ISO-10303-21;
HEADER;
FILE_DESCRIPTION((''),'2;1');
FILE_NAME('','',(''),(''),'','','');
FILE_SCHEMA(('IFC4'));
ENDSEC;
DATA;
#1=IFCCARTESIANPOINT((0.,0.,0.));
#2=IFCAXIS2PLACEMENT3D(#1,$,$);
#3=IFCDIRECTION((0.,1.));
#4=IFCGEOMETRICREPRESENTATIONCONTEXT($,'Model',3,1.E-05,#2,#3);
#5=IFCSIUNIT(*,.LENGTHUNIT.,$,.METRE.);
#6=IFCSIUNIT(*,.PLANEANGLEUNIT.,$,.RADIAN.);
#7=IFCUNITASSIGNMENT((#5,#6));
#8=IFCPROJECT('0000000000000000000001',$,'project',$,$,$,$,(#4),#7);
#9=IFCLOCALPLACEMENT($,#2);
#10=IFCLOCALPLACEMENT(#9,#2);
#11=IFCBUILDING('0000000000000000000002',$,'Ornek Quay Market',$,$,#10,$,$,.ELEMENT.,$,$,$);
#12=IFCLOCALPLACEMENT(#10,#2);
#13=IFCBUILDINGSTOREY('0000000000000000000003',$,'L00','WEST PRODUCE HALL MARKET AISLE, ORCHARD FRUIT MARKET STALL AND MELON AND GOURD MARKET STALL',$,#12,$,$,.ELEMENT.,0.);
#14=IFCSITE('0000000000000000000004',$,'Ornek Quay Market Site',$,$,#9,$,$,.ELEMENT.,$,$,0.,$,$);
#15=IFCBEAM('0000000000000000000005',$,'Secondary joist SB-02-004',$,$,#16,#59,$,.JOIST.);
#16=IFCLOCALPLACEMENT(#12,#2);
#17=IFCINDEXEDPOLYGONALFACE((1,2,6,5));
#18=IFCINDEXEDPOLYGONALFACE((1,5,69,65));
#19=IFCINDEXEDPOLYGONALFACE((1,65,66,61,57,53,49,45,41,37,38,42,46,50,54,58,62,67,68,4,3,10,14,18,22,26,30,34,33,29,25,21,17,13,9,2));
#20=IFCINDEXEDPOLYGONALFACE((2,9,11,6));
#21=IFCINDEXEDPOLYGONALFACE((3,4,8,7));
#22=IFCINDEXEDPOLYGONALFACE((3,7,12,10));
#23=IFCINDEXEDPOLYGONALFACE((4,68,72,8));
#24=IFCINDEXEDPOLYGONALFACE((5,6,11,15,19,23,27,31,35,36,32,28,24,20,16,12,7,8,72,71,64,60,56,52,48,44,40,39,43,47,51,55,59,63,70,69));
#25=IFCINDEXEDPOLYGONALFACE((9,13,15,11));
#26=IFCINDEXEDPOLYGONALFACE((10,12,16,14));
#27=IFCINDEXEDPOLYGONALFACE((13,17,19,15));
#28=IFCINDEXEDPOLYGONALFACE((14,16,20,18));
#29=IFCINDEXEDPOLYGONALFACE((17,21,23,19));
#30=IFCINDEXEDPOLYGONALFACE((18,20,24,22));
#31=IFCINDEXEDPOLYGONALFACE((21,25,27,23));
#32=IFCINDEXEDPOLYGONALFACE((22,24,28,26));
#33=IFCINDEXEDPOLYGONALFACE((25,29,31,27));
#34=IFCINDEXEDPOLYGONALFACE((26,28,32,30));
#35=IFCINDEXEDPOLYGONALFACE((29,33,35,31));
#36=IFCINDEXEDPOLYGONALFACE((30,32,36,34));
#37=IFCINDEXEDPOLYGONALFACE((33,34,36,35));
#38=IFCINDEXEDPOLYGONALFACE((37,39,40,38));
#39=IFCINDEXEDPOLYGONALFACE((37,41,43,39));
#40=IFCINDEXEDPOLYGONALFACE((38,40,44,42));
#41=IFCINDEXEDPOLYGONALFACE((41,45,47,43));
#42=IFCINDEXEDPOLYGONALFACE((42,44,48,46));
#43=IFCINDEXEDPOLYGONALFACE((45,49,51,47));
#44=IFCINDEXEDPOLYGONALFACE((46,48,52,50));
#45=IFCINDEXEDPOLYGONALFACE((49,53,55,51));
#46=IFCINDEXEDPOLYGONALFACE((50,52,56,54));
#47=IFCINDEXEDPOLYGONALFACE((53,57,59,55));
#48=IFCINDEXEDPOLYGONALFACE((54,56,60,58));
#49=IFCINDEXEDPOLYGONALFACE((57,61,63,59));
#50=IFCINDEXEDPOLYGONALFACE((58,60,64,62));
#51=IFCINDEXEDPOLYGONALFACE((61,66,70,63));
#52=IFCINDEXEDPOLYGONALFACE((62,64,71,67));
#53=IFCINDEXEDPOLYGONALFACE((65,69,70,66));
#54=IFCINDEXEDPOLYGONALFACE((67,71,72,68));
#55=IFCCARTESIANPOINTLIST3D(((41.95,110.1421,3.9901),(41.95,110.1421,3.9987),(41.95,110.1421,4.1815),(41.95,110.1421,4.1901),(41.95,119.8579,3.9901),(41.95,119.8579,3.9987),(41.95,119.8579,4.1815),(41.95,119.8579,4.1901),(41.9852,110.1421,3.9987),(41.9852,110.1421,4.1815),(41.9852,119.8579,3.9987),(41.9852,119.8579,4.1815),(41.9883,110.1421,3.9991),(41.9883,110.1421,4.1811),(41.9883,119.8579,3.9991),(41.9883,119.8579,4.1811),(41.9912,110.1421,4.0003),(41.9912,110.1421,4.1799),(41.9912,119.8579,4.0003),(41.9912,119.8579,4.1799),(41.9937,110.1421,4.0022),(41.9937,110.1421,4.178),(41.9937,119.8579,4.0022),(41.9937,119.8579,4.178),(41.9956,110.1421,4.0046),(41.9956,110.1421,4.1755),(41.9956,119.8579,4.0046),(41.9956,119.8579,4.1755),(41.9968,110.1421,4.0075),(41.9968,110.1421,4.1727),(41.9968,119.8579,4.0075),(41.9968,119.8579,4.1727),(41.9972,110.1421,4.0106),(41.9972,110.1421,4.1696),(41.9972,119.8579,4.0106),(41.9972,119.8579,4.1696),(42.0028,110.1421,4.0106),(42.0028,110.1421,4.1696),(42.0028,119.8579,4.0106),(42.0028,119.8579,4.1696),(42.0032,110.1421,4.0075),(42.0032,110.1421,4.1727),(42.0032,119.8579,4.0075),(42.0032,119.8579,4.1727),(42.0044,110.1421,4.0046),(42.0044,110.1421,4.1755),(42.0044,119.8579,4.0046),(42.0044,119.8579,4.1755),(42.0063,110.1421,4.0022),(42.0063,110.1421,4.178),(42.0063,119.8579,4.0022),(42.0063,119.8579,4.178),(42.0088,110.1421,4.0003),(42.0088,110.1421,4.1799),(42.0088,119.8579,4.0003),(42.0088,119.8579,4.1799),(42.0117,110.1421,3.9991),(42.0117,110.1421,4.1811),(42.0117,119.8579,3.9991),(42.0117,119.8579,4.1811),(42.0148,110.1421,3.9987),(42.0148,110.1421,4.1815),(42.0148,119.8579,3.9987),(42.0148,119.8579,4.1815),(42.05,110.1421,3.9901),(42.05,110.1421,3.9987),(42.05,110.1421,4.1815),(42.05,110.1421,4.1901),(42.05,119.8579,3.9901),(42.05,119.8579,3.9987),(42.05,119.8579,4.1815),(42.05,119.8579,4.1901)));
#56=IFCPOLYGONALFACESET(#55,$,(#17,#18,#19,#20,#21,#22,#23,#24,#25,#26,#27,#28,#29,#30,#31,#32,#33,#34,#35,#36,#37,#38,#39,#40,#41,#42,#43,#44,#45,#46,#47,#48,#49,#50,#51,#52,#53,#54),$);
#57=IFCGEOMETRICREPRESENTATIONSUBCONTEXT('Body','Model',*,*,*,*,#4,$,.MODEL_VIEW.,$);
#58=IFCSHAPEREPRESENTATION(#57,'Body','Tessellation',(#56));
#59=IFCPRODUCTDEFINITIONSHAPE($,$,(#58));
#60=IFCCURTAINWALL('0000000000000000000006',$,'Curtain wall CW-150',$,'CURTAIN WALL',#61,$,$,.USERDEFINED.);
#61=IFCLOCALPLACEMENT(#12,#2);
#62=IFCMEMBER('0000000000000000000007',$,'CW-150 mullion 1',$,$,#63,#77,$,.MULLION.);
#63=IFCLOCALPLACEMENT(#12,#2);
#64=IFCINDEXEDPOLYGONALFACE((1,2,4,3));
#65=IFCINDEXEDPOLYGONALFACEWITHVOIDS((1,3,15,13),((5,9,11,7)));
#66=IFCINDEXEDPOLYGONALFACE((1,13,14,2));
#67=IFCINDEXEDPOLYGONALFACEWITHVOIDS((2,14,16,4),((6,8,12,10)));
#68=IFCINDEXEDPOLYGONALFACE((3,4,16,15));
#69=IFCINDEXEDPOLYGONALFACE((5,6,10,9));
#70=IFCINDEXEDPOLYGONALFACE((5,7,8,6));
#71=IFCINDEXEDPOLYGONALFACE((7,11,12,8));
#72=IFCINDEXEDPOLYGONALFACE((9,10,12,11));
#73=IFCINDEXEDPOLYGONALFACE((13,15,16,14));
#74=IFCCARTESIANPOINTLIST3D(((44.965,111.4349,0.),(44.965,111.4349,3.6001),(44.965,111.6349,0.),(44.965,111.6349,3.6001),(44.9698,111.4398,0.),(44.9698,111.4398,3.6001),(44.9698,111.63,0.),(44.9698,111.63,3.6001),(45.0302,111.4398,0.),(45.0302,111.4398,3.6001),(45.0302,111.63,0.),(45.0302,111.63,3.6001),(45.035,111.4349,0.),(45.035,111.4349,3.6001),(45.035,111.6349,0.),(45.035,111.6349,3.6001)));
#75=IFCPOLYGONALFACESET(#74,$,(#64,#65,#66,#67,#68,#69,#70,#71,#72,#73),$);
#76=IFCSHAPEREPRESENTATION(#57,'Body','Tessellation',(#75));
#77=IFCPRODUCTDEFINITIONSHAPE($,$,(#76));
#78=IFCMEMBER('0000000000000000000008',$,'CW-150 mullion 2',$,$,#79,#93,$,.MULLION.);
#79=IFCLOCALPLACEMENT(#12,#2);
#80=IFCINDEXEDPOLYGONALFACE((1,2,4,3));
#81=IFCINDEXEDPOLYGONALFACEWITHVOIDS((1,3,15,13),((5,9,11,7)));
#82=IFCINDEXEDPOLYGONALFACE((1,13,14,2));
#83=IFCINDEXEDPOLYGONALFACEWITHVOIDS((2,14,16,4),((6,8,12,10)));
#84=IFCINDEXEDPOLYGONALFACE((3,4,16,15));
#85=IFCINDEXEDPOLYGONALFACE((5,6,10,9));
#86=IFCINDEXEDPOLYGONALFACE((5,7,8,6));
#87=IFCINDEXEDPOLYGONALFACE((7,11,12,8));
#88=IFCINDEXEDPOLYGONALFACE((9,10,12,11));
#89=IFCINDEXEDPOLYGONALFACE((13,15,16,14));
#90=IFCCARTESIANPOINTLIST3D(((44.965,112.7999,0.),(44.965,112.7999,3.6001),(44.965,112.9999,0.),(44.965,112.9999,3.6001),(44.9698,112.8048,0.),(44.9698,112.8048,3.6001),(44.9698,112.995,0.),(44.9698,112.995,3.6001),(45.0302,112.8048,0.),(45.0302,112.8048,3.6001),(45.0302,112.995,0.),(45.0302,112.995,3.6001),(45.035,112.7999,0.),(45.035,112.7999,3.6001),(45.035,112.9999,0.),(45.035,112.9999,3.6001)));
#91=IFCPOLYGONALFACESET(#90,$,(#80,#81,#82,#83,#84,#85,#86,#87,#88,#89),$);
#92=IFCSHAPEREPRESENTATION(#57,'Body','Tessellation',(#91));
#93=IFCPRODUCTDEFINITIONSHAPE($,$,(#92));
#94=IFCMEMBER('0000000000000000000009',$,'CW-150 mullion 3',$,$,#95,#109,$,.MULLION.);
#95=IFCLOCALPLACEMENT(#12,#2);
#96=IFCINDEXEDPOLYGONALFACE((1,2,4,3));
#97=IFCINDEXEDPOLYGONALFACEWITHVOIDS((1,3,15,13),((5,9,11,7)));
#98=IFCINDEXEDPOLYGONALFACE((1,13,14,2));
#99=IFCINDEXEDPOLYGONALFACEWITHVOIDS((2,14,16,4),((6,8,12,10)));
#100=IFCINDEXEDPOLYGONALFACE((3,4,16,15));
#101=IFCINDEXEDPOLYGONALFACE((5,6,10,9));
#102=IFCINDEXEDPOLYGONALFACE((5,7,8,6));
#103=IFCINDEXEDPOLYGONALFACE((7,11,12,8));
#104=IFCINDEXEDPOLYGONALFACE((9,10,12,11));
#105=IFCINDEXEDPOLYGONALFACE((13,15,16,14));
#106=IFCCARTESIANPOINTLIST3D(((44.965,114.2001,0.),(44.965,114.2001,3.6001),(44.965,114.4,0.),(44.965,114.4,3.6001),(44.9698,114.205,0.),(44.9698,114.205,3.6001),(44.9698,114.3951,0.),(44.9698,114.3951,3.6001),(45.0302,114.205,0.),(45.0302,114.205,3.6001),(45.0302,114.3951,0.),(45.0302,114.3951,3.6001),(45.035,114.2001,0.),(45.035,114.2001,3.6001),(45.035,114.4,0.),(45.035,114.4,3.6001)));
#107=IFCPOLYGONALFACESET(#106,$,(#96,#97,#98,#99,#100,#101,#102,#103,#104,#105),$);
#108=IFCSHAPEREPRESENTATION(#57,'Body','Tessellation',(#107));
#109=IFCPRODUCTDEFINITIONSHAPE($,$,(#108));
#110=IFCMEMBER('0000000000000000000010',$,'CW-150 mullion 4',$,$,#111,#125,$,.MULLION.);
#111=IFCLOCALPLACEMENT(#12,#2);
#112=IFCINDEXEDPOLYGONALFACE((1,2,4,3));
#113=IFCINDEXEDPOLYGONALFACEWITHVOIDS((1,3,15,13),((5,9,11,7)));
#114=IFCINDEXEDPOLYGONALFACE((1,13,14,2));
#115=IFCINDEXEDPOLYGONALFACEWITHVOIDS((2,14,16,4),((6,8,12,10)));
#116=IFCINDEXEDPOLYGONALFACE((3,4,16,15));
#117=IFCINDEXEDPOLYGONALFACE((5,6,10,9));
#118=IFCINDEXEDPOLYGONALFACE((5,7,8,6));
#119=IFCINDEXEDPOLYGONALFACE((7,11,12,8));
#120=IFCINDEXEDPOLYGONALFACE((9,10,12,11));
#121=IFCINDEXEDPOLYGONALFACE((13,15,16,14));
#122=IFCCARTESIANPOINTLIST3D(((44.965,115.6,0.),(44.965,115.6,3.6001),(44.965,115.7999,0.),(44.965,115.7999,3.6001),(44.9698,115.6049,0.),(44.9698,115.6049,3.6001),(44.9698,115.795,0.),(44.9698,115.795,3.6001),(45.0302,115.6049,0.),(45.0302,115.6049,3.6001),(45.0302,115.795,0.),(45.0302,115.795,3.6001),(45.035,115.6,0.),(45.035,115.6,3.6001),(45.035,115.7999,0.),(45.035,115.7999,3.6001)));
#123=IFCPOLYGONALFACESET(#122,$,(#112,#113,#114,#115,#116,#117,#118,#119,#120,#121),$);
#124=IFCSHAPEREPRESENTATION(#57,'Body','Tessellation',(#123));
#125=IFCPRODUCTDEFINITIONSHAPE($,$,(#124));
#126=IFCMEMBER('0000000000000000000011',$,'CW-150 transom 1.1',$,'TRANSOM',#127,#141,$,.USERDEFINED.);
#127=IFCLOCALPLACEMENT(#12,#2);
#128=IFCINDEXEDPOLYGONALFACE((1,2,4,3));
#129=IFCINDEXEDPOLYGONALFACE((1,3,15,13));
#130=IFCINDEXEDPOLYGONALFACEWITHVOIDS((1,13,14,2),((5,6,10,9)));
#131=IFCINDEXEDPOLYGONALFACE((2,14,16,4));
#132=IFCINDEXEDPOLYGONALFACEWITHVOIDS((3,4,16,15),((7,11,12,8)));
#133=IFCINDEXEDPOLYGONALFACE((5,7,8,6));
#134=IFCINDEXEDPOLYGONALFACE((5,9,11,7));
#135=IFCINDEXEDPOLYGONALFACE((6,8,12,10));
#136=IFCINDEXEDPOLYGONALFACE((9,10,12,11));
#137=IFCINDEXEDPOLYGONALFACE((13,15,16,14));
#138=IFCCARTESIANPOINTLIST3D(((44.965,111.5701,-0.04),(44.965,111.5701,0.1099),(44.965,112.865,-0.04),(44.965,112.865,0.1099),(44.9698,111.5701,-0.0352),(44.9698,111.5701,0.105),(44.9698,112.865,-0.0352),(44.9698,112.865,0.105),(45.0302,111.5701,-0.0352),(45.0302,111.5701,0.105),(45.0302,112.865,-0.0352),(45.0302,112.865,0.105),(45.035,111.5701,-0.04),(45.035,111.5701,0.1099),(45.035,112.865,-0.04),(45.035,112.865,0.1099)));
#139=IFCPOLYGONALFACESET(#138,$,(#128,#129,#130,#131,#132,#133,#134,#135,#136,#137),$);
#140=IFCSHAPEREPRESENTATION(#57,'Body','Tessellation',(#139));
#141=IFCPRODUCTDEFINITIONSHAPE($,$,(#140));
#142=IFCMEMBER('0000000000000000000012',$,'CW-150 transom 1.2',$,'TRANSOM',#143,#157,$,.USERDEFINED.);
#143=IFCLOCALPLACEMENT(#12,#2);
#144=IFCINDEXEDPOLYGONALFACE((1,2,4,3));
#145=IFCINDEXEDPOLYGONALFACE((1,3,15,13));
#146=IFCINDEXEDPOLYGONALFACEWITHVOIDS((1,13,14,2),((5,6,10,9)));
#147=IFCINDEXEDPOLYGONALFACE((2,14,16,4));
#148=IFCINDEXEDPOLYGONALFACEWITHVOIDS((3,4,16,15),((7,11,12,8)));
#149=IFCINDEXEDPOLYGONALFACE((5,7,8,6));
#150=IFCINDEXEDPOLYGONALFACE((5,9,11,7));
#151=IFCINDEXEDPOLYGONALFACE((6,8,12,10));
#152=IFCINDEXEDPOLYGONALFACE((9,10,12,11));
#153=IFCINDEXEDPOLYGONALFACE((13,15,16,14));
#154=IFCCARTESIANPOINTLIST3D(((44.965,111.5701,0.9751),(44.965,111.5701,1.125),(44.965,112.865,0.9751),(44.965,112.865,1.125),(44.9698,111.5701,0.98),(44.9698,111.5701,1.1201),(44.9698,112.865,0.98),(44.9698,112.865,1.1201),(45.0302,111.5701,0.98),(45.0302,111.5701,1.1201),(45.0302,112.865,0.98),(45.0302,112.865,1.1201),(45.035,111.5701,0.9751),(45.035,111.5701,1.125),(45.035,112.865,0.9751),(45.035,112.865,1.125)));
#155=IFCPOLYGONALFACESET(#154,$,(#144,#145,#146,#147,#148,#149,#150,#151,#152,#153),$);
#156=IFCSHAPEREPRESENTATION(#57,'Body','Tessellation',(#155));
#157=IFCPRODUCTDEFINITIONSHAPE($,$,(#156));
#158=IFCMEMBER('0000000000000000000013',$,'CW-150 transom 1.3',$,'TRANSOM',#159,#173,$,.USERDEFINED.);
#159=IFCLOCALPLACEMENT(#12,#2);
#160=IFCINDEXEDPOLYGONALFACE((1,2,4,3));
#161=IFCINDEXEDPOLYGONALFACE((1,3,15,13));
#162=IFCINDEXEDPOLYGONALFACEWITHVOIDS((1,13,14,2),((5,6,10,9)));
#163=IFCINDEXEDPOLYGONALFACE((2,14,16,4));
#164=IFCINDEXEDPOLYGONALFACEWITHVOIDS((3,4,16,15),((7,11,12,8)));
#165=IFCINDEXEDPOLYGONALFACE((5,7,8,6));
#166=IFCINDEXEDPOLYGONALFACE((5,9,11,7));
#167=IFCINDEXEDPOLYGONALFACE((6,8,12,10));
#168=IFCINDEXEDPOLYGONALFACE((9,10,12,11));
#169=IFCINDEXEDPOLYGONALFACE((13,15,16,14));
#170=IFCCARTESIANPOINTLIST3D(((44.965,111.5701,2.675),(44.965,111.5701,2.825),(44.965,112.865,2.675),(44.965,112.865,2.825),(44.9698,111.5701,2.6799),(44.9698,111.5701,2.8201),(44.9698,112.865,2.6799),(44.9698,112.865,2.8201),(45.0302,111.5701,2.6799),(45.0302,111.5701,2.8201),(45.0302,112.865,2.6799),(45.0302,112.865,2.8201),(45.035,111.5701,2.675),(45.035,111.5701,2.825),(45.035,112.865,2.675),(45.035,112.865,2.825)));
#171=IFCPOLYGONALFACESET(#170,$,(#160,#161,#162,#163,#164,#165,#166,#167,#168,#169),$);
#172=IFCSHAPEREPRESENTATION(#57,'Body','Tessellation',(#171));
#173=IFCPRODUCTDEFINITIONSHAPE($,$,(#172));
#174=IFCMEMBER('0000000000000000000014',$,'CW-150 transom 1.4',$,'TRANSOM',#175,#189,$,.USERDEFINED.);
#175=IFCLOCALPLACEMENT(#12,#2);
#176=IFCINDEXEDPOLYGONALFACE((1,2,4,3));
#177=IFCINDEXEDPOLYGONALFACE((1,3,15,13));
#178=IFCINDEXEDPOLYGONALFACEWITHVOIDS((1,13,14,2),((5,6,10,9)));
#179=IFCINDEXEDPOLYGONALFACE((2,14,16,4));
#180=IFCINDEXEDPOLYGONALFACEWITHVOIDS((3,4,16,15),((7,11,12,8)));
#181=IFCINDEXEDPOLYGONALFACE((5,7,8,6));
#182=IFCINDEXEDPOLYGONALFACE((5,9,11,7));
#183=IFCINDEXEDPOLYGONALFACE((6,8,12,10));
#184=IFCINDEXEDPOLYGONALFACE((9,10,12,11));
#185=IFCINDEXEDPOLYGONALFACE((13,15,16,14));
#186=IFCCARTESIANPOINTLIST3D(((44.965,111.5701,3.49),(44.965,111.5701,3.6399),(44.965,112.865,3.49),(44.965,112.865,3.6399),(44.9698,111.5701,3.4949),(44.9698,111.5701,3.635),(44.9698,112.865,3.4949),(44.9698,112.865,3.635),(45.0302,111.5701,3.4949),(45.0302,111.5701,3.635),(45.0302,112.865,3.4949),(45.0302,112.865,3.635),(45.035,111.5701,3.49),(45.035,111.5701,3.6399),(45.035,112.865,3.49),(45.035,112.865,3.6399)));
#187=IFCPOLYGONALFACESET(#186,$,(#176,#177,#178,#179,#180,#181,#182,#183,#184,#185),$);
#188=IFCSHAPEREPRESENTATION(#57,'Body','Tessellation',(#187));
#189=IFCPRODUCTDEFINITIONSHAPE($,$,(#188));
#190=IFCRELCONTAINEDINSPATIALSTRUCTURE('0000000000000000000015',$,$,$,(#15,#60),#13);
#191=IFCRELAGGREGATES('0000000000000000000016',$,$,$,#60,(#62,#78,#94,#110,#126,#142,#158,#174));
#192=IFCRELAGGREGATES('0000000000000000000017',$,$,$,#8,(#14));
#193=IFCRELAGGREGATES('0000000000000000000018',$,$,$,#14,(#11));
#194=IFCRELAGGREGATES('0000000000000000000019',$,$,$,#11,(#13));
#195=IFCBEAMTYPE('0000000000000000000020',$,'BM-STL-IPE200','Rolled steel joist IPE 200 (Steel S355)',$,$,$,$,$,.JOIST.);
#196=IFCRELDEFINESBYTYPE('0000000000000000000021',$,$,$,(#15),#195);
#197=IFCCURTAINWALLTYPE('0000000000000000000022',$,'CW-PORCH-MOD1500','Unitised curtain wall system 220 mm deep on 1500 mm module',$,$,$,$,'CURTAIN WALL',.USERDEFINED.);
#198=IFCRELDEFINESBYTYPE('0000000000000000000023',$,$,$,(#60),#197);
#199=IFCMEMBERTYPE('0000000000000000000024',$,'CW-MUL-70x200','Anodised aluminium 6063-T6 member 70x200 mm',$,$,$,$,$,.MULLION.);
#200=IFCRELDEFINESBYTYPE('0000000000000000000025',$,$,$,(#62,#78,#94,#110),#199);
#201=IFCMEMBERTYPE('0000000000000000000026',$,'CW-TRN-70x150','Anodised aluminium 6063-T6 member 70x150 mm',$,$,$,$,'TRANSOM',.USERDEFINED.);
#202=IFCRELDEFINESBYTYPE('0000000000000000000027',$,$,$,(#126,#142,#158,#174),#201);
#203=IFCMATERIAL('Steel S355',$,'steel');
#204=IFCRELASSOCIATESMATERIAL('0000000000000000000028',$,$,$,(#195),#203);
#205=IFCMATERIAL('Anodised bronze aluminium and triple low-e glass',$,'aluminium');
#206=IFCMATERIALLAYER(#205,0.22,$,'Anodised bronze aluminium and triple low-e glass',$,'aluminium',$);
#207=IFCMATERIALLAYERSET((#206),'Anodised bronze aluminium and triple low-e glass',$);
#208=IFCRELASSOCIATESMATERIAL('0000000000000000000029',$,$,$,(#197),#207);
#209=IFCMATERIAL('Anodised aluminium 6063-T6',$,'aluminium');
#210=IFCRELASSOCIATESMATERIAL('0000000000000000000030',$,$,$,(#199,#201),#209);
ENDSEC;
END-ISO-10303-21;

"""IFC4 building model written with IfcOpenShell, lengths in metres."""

from ifc_helpers import new_model, si_unit, direction, frame, origin, origin_2d, place, context, subcontext, project, spatial, hollow_rectangle, i_section, extrude, material, layer, layer_set, material_profile, profile_set, type_object, element, aggregate, save


model = new_model("IFC4")

# Units and contexts
model_context = context("Model", 3, precision=1e-05, world=origin(), true_north=direction((0.0, 1.0)))
body_context = subcontext(model_context, "Body", "Model", "MODEL_VIEW")
ifc_project = project(units=[si_unit("LENGTHUNIT", "METRE"), si_unit("PLANEANGLEUNIT", "RADIAN")], contexts=[model_context])

# Site, building, storey
site_placement = place(None, origin())
site = spatial("IfcSite", under=ifc_project, at=site_placement, Name="Ornek Quay Market Site", CompositionType="ELEMENT", RefElevation=0.0)
building_placement = place(site_placement, origin())
building = spatial("IfcBuilding", under=site, at=building_placement, Name="Ornek Quay Market", CompositionType="ELEMENT")
storey_placement = place(building_placement, origin())
storey = spatial("IfcBuildingStorey", under=building, at=storey_placement, Name="L00", Description="WEST PRODUCE HALL MARKET AISLE, ORCHARD FRUIT MARKET STALL AND MELON AND GOURD MARKET STALL", CompositionType="ELEMENT", Elevation=0.0)

# Beam
ifc_material_1 = material(Name="Steel S355", Category="steel")
ifc_material_profile_1 = material_profile(ifc_material_1, i_section(OverallWidth=0.1001, OverallDepth=0.2, WebThickness=0.0056, FlangeThickness=0.0085, FilletRadius=0.012, at=origin_2d()), Name="IPE 200", Category="steel")
ifc_profile_set_1 = profile_set([ifc_material_profile_1], Name="Steel S355")
beam_type_1 = type_object("IfcBeamType", Name="BM-STL-IPE200", Description="Rolled steel joist IPE 200 (Steel S355)", PredefinedType="JOIST", material=ifc_profile_set_1)
for number, where, z_axis, x_axis, name in (
    (1, (42.0, 110.1421, 4.0901), (0.0, 1.0, 0.0), (-1.0, 0.0, 0.0), "Secondary joist SB-02-004"),
):
    element("IfcBeam", number, at=place(storey_placement, frame(where, z_axis=z_axis, x_axis=x_axis)), inside=storey, type_object=beam_type_1, Name=name, PredefinedType="JOIST", context=body_context, shape_type="SweptSolid", body=[
        extrude(i_section(OverallWidth=0.1001, OverallDepth=0.2, WebThickness=0.0056, FlangeThickness=0.0085, FilletRadius=0.012, at=origin_2d()), origin(), (0.0, 0.0, 1.0), 9.7158),
    ])

# Curtain wall, members
ifc_material_2 = material(Name="Anodised bronze aluminium and triple low-e glass", Category="aluminium")
ifc_layer_1 = layer(ifc_material_2, 0.22, Name="Anodised bronze aluminium and triple low-e glass", Category="aluminium")
ifc_layer_set_1 = layer_set([ifc_layer_1], Name="Anodised bronze aluminium and triple low-e glass")
curtain_wall_type = type_object("IfcCurtainWallType", Name="CW-PORCH-MOD1500", Description="Unitised curtain wall system 220 mm deep on 1500 mm module", ElementType="CURTAIN WALL", PredefinedType="USERDEFINED", material=ifc_layer_set_1)
curtain_wall_1_placement = place(storey_placement, origin())
curtain_wall_1 = element("IfcCurtainWall", 2, at=curtain_wall_1_placement, inside=storey, type_object=curtain_wall_type, Name="Curtain wall CW-150", ObjectType="CURTAIN WALL", PredefinedType="USERDEFINED")
ifc_material_3 = material(Name="Anodised aluminium 6063-T6", Category="aluminium")
ifc_material_profile_2 = material_profile(ifc_material_3, hollow_rectangle(XDim=0.0701, YDim=0.2, WallThickness=0.0049, at=origin_2d()), Name="CW-MUL-70x200", Category="aluminium")
ifc_profile_set_2 = profile_set([ifc_material_profile_2], Name="Anodised aluminium 6063-T6")
member_type_1 = type_object("IfcMemberType", Name="CW-MUL-70x200", Description="Anodised aluminium 6063-T6 member 70x200 mm", PredefinedType="MULLION", material=ifc_profile_set_2)
member_1_placement = place(storey_placement, frame((45.0, 111.5349, 0.0), z_axis=(0.0, 0.0, 1.0), x_axis=(-1.0, 0.0, 0.0)))
member_1 = element("IfcMember", 3, at=member_1_placement, type_object=member_type_1, Name="CW-150 mullion 1", PredefinedType="MULLION", context=body_context, shape_type="SweptSolid", body=[
    extrude(hollow_rectangle(XDim=0.0701, YDim=0.2, WallThickness=0.0049, at=origin_2d()), origin(), (0.0, 0.0, 1.0), 3.6001),
])
member_2_placement = place(storey_placement, frame((45.0, 112.8999, 0.0), z_axis=(0.0, 0.0, 1.0), x_axis=(-1.0, 0.0, 0.0)))
member_2 = element("IfcMember", 4, at=member_2_placement, type_object=member_type_1, Name="CW-150 mullion 2", PredefinedType="MULLION", context=body_context, shape_type="SweptSolid", body=[
    extrude(hollow_rectangle(XDim=0.0701, YDim=0.2, WallThickness=0.0049, at=origin_2d()), origin(), (0.0, 0.0, 1.0), 3.6001),
])
member_3_placement = place(storey_placement, frame((45.0, 114.3, 0.0), z_axis=(0.0, 0.0, 1.0), x_axis=(-1.0, 0.0, 0.0)))
member_3 = element("IfcMember", 5, at=member_3_placement, type_object=member_type_1, Name="CW-150 mullion 3", PredefinedType="MULLION", context=body_context, shape_type="SweptSolid", body=[
    extrude(hollow_rectangle(XDim=0.0701, YDim=0.2, WallThickness=0.0049, at=origin_2d()), origin(), (0.0, 0.0, 1.0), 3.6001),
])
member_4_placement = place(storey_placement, frame((45.0, 115.7, 0.0), z_axis=(0.0, 0.0, 1.0), x_axis=(-1.0, 0.0, 0.0)))
member_4 = element("IfcMember", 6, at=member_4_placement, type_object=member_type_1, Name="CW-150 mullion 4", PredefinedType="MULLION", context=body_context, shape_type="SweptSolid", body=[
    extrude(hollow_rectangle(XDim=0.0701, YDim=0.2, WallThickness=0.0049, at=origin_2d()), origin(), (0.0, 0.0, 1.0), 3.6001),
])
ifc_material_profile_3 = material_profile(ifc_material_3, hollow_rectangle(XDim=0.0701, YDim=0.1499, WallThickness=0.0049, at=origin_2d()), Name="CW-TRN-70x150", Category="aluminium")
ifc_profile_set_3 = profile_set([ifc_material_profile_3], Name="Anodised aluminium 6063-T6")
member_type_2 = type_object("IfcMemberType", Name="CW-TRN-70x150", Description="Anodised aluminium 6063-T6 member 70x150 mm", ElementType="TRANSOM", PredefinedType="USERDEFINED", material=ifc_profile_set_3)
member_5_placement = place(storey_placement, frame((45.0, 111.5701, 0.0349), z_axis=(0.0, 1.0, 0.0), x_axis=(-1.0, 0.0, 0.0)))
member_5 = element("IfcMember", 7, at=member_5_placement, type_object=member_type_2, Name="CW-150 transom 1.1", ObjectType="TRANSOM", PredefinedType="USERDEFINED", context=body_context, shape_type="SweptSolid", body=[
    extrude(hollow_rectangle(XDim=0.0701, YDim=0.1499, WallThickness=0.0049, at=origin_2d()), origin(), (0.0, 0.0, 1.0), 1.2949),
])
member_6_placement = place(storey_placement, frame((45.0, 111.5701, 1.05), z_axis=(0.0, 1.0, 0.0), x_axis=(-1.0, 0.0, 0.0)))
member_6 = element("IfcMember", 8, at=member_6_placement, type_object=member_type_2, Name="CW-150 transom 1.2", ObjectType="TRANSOM", PredefinedType="USERDEFINED", context=body_context, shape_type="SweptSolid", body=[
    extrude(hollow_rectangle(XDim=0.0701, YDim=0.1499, WallThickness=0.0049, at=origin_2d()), origin(), (0.0, 0.0, 1.0), 1.2949),
])
member_7_placement = place(storey_placement, frame((45.0, 111.5701, 2.75), z_axis=(0.0, 1.0, 0.0), x_axis=(-1.0, 0.0, 0.0)))
member_7 = element("IfcMember", 9, at=member_7_placement, type_object=member_type_2, Name="CW-150 transom 1.3", ObjectType="TRANSOM", PredefinedType="USERDEFINED", context=body_context, shape_type="SweptSolid", body=[
    extrude(hollow_rectangle(XDim=0.0701, YDim=0.1499, WallThickness=0.0049, at=origin_2d()), origin(), (0.0, 0.0, 1.0), 1.2949),
])
member_8_placement = place(storey_placement, frame((45.0, 111.5701, 3.5649), z_axis=(0.0, 1.0, 0.0), x_axis=(-1.0, 0.0, 0.0)))
member_8 = element("IfcMember", 10, at=member_8_placement, type_object=member_type_2, Name="CW-150 transom 1.4", ObjectType="TRANSOM", PredefinedType="USERDEFINED", context=body_context, shape_type="SweptSolid", body=[
    extrude(hollow_rectangle(XDim=0.0701, YDim=0.1499, WallThickness=0.0049, at=origin_2d()), origin(), (0.0, 0.0, 1.0), 1.2949),
])

aggregate(curtain_wall_1, [member_1, member_2, member_3, member_4, member_5, member_6, member_7, member_8])

save(model, "model.ifc")
